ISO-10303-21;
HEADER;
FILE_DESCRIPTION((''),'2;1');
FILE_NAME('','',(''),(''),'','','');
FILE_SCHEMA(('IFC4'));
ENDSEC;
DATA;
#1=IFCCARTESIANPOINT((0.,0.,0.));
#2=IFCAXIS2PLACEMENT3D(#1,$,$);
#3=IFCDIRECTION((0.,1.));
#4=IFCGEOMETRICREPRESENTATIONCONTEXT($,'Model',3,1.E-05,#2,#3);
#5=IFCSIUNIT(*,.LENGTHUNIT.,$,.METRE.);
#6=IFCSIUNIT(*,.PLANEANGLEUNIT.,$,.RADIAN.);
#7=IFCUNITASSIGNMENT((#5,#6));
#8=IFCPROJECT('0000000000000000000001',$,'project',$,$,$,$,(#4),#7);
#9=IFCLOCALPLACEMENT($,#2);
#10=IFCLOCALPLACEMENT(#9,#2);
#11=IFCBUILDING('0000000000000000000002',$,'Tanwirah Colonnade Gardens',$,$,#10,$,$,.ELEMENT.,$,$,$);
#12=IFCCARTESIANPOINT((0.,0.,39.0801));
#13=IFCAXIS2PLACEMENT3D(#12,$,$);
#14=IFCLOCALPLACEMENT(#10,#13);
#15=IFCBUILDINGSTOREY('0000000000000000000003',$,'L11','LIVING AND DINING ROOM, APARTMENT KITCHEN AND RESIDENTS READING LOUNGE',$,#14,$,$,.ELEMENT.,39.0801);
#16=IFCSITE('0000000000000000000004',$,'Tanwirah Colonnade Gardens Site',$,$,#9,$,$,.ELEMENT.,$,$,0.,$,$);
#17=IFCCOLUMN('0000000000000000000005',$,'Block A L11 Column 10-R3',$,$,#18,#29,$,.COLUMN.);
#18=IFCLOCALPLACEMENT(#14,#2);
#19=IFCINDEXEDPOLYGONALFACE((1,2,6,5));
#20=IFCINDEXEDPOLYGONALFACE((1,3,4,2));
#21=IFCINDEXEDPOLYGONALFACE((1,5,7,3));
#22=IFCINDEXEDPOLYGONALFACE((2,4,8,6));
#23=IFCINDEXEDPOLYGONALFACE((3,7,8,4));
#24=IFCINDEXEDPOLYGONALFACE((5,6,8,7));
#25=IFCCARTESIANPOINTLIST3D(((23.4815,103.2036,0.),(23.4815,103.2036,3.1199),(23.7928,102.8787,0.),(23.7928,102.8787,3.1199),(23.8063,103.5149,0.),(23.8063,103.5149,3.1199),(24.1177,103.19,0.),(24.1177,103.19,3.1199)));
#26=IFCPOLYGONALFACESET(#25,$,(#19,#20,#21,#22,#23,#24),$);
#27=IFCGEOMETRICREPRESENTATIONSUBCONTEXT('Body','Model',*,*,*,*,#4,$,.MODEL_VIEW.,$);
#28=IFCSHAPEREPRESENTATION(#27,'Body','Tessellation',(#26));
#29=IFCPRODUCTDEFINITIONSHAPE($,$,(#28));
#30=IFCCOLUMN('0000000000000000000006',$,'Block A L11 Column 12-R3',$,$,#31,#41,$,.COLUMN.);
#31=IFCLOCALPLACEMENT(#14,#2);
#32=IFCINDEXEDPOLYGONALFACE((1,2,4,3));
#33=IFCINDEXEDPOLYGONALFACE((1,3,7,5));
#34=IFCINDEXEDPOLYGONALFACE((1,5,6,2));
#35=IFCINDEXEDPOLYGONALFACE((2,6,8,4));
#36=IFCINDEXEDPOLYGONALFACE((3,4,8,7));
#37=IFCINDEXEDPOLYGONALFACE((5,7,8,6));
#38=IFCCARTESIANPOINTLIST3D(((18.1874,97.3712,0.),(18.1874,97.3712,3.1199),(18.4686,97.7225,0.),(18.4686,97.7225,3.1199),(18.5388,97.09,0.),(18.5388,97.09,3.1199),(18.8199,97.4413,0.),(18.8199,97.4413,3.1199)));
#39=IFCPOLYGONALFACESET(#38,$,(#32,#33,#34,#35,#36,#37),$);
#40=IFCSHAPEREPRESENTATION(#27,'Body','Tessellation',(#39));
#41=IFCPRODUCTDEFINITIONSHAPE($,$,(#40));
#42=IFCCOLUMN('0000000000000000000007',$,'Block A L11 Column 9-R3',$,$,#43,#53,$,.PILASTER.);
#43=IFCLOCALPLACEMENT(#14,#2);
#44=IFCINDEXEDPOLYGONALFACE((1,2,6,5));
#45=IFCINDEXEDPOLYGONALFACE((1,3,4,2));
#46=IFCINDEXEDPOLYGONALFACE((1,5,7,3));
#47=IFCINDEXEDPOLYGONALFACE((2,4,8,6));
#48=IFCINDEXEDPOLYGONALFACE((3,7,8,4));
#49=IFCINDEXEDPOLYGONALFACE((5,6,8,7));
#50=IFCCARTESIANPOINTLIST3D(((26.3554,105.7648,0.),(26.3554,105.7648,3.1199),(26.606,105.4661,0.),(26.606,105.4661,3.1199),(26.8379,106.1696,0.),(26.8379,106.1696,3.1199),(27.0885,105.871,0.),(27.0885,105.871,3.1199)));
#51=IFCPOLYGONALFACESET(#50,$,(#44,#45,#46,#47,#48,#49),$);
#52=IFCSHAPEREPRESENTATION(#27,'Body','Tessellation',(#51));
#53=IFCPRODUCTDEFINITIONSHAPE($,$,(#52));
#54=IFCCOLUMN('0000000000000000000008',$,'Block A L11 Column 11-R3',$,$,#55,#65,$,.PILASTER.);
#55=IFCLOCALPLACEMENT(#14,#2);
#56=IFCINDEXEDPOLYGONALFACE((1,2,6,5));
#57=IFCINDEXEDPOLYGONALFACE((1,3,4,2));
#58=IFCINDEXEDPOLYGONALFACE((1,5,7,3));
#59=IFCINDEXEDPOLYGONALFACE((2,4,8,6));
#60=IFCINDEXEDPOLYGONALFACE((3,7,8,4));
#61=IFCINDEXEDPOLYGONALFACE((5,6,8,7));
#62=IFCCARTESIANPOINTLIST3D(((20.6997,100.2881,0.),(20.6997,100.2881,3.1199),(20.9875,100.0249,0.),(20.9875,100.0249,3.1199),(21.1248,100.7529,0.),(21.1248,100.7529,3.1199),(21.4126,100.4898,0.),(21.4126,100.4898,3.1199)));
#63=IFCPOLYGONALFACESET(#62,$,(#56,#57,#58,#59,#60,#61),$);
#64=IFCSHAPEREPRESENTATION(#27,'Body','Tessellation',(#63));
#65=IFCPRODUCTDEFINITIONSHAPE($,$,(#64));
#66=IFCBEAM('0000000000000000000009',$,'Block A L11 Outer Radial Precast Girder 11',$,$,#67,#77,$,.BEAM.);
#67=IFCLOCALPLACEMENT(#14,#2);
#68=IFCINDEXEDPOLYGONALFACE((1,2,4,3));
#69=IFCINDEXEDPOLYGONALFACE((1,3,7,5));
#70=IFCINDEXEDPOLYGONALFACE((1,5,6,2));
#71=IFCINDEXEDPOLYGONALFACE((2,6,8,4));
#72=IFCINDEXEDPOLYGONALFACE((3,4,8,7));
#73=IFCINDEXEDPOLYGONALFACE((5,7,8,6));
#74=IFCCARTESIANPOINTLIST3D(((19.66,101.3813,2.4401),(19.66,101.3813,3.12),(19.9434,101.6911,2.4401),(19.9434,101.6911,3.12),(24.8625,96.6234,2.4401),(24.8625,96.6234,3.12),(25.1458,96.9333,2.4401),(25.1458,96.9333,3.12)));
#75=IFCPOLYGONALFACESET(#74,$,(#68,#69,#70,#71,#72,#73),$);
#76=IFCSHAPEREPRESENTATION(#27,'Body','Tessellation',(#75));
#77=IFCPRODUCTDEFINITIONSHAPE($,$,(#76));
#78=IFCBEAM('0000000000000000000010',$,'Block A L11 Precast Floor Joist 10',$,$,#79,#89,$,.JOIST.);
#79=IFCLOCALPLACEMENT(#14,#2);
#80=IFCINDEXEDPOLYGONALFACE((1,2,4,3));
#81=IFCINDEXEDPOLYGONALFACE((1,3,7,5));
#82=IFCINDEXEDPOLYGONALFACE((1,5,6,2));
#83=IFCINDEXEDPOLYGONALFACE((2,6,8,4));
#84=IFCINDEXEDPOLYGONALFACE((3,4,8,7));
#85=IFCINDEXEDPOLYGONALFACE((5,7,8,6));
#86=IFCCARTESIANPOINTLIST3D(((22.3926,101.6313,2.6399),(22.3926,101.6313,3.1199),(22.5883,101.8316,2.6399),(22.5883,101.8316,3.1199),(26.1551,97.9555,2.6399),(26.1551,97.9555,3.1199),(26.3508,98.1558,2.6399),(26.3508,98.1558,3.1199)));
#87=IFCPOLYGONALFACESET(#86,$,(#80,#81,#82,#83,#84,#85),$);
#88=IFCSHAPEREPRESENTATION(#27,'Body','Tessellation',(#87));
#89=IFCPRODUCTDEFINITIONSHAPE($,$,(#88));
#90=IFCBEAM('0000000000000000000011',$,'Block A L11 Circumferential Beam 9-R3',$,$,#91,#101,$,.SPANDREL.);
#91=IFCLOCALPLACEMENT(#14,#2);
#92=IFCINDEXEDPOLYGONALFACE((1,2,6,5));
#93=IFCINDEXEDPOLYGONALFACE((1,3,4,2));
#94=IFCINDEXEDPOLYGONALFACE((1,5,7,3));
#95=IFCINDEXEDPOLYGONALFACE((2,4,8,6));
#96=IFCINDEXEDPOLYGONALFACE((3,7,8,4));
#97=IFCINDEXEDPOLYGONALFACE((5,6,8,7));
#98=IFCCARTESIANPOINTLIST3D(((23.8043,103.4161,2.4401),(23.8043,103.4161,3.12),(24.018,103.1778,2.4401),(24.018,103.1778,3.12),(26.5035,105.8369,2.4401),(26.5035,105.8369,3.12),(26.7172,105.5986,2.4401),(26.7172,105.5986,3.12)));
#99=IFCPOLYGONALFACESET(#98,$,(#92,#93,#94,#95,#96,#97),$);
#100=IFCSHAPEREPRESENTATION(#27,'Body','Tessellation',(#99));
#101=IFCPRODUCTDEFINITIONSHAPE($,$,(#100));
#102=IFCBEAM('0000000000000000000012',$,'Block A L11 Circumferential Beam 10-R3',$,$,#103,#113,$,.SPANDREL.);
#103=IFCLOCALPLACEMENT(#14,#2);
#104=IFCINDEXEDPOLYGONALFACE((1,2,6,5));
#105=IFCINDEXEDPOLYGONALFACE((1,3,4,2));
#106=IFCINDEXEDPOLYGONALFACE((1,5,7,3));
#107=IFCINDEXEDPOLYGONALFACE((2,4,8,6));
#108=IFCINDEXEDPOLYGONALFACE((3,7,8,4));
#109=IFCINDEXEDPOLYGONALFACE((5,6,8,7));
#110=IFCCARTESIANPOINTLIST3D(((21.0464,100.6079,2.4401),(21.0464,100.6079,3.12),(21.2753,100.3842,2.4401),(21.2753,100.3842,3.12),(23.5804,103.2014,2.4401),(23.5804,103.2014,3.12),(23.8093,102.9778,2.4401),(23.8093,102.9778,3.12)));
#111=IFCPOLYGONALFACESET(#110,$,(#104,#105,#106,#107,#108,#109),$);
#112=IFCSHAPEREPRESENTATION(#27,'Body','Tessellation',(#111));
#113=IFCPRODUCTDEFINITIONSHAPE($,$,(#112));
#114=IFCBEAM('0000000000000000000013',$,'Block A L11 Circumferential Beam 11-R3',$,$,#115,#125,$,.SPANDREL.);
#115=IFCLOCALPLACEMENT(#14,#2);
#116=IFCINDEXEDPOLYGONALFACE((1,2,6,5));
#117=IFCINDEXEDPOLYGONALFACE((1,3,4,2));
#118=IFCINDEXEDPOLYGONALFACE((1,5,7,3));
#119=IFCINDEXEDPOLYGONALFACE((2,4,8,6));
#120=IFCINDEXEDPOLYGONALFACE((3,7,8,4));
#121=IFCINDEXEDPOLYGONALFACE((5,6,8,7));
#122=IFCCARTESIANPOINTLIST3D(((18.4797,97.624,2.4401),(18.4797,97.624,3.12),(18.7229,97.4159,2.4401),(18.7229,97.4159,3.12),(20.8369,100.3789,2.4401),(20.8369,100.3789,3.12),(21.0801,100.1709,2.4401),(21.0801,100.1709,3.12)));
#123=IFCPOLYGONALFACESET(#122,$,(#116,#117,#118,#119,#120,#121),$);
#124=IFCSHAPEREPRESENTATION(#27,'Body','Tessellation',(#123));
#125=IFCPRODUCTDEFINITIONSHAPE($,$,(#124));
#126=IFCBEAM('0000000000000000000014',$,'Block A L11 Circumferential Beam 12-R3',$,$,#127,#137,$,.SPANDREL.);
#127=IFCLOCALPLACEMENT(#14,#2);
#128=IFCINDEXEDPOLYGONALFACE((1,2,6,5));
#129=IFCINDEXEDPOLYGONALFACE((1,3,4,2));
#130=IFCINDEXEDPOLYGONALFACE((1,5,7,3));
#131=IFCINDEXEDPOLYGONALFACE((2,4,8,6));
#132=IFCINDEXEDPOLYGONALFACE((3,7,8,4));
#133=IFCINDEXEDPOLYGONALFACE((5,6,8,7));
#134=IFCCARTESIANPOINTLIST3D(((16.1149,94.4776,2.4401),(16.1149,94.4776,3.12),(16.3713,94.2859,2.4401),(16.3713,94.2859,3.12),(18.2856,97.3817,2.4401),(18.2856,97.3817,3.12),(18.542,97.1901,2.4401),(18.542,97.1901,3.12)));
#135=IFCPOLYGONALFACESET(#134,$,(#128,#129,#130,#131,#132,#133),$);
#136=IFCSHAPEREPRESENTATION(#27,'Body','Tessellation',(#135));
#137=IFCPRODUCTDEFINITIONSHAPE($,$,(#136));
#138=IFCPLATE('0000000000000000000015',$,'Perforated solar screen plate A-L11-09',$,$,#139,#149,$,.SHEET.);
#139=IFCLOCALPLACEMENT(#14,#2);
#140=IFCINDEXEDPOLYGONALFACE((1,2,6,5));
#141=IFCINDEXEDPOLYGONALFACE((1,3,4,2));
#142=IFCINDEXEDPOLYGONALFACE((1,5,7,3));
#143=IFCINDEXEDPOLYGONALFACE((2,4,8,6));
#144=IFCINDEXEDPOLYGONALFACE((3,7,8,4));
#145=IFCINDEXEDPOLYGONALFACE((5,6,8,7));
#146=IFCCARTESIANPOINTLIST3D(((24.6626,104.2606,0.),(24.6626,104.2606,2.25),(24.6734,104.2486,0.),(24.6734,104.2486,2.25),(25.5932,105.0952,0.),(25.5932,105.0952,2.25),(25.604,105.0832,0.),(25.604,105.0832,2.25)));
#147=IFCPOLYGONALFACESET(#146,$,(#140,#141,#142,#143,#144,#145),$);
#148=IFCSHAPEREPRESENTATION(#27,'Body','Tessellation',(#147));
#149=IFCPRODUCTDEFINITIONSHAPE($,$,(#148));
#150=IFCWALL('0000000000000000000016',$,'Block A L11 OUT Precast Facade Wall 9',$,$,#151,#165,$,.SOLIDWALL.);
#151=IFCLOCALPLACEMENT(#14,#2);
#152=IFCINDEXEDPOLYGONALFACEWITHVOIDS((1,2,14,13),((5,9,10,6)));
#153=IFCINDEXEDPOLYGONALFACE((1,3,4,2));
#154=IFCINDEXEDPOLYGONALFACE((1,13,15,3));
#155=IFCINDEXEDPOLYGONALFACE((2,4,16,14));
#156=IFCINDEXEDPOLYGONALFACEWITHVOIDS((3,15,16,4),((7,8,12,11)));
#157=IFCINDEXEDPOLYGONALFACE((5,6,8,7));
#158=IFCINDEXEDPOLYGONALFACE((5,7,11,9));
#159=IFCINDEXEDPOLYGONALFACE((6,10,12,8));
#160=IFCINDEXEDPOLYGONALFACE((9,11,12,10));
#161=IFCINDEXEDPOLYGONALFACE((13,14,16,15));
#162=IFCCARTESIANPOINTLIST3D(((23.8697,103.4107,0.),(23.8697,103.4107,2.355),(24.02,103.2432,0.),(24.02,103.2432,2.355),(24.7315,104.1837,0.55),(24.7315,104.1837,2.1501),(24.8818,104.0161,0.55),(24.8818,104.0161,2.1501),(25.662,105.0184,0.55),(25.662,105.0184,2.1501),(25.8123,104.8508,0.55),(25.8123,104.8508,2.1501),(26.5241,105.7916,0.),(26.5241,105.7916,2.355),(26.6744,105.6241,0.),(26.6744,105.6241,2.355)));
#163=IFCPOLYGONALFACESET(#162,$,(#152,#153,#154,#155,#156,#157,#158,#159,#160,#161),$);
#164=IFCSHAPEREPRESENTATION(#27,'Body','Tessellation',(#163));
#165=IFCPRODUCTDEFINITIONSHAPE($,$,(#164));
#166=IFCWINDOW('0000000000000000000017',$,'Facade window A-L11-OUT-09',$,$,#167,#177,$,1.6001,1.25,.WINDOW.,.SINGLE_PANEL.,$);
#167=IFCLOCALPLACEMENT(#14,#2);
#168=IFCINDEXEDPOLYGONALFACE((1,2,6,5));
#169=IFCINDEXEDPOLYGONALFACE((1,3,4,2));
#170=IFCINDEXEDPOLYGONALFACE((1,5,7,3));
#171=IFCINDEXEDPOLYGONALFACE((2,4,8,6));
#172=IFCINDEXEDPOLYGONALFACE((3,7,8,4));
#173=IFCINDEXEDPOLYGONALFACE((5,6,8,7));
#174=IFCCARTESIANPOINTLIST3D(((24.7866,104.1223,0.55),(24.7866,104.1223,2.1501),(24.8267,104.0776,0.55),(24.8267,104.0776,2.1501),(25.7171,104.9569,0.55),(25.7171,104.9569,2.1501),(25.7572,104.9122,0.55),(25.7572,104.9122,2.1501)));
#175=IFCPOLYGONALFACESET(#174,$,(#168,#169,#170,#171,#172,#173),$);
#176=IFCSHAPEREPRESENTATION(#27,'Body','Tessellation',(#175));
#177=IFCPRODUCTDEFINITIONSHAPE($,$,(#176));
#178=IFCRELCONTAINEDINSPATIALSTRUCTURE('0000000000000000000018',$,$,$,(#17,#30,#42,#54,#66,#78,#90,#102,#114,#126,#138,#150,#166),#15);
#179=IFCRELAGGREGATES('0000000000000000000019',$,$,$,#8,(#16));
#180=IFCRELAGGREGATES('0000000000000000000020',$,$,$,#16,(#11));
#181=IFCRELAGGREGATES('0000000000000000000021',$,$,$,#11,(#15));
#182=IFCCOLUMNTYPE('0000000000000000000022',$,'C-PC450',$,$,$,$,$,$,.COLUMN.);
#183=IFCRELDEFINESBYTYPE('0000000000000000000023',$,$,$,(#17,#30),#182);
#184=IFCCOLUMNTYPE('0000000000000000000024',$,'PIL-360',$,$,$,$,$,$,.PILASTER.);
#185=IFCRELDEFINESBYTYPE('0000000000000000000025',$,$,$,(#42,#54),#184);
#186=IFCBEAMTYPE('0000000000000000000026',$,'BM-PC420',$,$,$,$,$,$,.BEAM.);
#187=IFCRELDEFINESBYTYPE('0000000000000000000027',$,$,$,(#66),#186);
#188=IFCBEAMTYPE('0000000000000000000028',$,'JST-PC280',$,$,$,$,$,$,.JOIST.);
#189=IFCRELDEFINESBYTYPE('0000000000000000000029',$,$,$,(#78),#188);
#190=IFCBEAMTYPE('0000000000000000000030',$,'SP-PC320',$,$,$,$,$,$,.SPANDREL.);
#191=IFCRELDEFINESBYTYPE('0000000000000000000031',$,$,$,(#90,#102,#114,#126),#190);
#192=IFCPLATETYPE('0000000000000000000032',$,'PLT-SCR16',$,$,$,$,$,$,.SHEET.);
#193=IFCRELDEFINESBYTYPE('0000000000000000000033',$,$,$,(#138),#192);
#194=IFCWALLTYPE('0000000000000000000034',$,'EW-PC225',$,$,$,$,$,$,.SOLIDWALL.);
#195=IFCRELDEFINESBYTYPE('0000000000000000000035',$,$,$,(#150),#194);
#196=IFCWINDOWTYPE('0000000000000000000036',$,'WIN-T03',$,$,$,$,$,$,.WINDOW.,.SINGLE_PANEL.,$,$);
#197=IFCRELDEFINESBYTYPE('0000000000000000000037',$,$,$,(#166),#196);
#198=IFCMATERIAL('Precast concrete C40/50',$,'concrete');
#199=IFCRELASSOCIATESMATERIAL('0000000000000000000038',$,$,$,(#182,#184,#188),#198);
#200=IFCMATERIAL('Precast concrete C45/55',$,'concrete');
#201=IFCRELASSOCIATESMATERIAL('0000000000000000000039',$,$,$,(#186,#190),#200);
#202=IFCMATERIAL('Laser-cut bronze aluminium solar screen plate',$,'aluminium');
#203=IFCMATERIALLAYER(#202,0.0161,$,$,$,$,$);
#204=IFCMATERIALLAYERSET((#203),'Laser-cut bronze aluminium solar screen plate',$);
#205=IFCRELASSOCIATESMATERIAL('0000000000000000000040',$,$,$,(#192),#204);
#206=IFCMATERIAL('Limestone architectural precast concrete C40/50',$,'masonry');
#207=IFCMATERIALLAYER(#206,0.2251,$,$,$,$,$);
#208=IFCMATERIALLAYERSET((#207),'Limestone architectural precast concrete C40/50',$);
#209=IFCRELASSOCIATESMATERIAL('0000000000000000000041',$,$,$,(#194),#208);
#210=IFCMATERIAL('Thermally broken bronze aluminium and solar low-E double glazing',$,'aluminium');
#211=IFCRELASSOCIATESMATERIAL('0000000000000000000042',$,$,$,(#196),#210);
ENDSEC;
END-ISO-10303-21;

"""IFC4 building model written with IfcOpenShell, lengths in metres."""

from ifc_helpers import new_model, si_unit, direction, frame, frame_2d, origin, origin_2d, place, context, subcontext, project, spatial, rectangle, extrude, material, layer, layer_set, material_profile, profile_set, type_object, element, fill, save


model = new_model("IFC4")

# Units and contexts
model_context = context("Model", 3, precision=1e-05, world=origin(), true_north=direction((0.0, 1.0)))
body_context = subcontext(model_context, "Body", "Model", "MODEL_VIEW")
ifc_project = project(units=[si_unit("LENGTHUNIT", "METRE"), si_unit("PLANEANGLEUNIT", "RADIAN")], contexts=[model_context])

# Site, building, storey
site_placement = place(None, origin())
site = spatial("IfcSite", under=ifc_project, at=site_placement, Name="Tanwirah Colonnade Gardens Site", CompositionType="ELEMENT", RefElevation=0.0)
building_placement = place(site_placement, origin())
building = spatial("IfcBuilding", under=site, at=building_placement, Name="Tanwirah Colonnade Gardens", CompositionType="ELEMENT")
storey_placement = place(building_placement, frame((0.0, 0.0, 39.0801)))
storey = spatial("IfcBuildingStorey", under=building, at=storey_placement, Name="L11", Description="LIVING AND DINING ROOM, APARTMENT KITCHEN AND RESIDENTS READING LOUNGE", CompositionType="ELEMENT", Elevation=39.0801)

# Columns
ifc_material_1 = material(Name="Precast concrete C40/50", Category="concrete")
ifc_material_profile_1 = material_profile(ifc_material_1, rectangle(XDim=0.45, YDim=0.45, at=origin_2d()), Name="PC-COL 450x450")
ifc_profile_set_1 = profile_set([ifc_material_profile_1], Name="Precast concrete C40/50")
column_type_1 = type_object("IfcColumnType", Name="C-PC450", PredefinedType="COLUMN", material=ifc_profile_set_1)
for number, where, z_axis, x_axis, name in (
    (1, (23.7996, 103.1968, 0.0), (0.0, 0.0, 1.0), (-0.691863, 0.722029, 0.0), "Block A L11 Column 10-R3"),
    (2, (18.5037, 97.4062, 0.0), (0.0, 0.0, 1.0), (-0.780794, 0.624788, 0.0), "Block A L11 Column 12-R3"),
):
    element("IfcColumn", number, at=place(storey_placement, frame(where, z_axis=z_axis, x_axis=x_axis)), inside=storey, type_object=column_type_1, Name=name, PredefinedType="COLUMN", context=body_context, shape_type="SweptSolid", body=[
        extrude(rectangle(XDim=0.45, YDim=0.45, at=origin_2d()), origin(), (0.0, 0.0, 1.0), 3.1199),
    ])
ifc_material_profile_2 = material_profile(ifc_material_1, rectangle(XDim=0.3899, YDim=0.6299, at=origin_2d()), Name="PC-PIL 390x630")
ifc_profile_set_2 = profile_set([ifc_material_profile_2], Name="Precast concrete C40/50")
column_type_2 = type_object("IfcColumnType", Name="PIL-360", PredefinedType="PILASTER", material=ifc_profile_set_2)
for number, where, z_axis, x_axis, name in (
    (3, (26.7219, 105.8179, 0.0), (0.0, 0.0, 1.0), (-0.642788, 0.766044, 0.0), "Block A L11 Column 9-R3"),
    (4, (21.0562, 100.3889, 0.0), (0.0, 0.0, 1.0), (-0.737932, 0.674875, 0.0), "Block A L11 Column 11-R3"),
):
    element("IfcColumn", number, at=place(storey_placement, frame(where, z_axis=z_axis, x_axis=x_axis)), inside=storey, type_object=column_type_2, Name=name, PredefinedType="PILASTER", context=body_context, shape_type="SweptSolid", body=[
        extrude(rectangle(XDim=0.3899, YDim=0.6299, at=origin_2d()), origin(), (0.0, 0.0, 1.0), 3.1199),
    ])

# Beams
ifc_material_2 = material(Name="Precast concrete C45/55", Category="concrete")
ifc_material_profile_3 = material_profile(ifc_material_2, rectangle(XDim=0.4199, YDim=0.6799, at=origin_2d()), Name="PC-BM 420x680")
ifc_profile_set_3 = profile_set([ifc_material_profile_3], Name="Precast concrete C45/55")
beam_type_1 = type_object("IfcBeamType", Name="BM-PC420", PredefinedType="BEAM", material=ifc_profile_set_3)
beam_1_placement = place(storey_placement, frame((25.0042, 96.7783, 2.78), z_axis=(-0.737934, 0.674873, 0.0), x_axis=(-0.674873, -0.737934, 0.0)))
element("IfcBeam", 5, at=beam_1_placement, inside=storey, type_object=beam_type_1, Name="Block A L11 Outer Radial Precast Girder 11", PredefinedType="BEAM", context=body_context, shape_type="SweptSolid", body=[
    extrude(rectangle(XDim=0.4199, YDim=0.6799, at=origin_2d()), origin(), (0.0, 0.0, 1.0), 7.05),
])
ifc_material_profile_4 = material_profile(ifc_material_1, rectangle(XDim=0.28, YDim=0.48, at=origin_2d()), Name="PC-JST 280x480")
ifc_profile_set_4 = profile_set([ifc_material_profile_4], Name="Precast concrete C40/50")
beam_type_2 = type_object("IfcBeamType", Name="JST-PC280", PredefinedType="JOIST", material=ifc_profile_set_4)
beam_2_placement = place(storey_placement, frame((26.2529, 98.0557, 2.8799), z_axis=(-0.715297, 0.69882, 0.0), x_axis=(-0.69882, -0.715297, 0.0)))
element("IfcBeam", 6, at=beam_2_placement, inside=storey, type_object=beam_type_2, Name="Block A L11 Precast Floor Joist 10", PredefinedType="JOIST", context=body_context, shape_type="SweptSolid", body=[
    extrude(rectangle(XDim=0.28, YDim=0.48, at=origin_2d()), origin(), (0.0, 0.0, 1.0), 5.26),
])
ifc_material_profile_5 = material_profile(ifc_material_2, rectangle(XDim=0.3201, YDim=0.6799, at=origin_2d()), Name="PC-SP 320x680")
ifc_profile_set_5 = profile_set([ifc_material_profile_5], Name="Precast concrete C45/55")
beam_type_3 = type_object("IfcBeamType", Name="SP-PC320", PredefinedType="SPANDREL", material=ifc_profile_set_5)
beam_3_placement = place(storey_placement, frame((26.6104, 105.7178, 2.78), z_axis=(-0.744445, -0.667684, 0.0), x_axis=(0.667684, -0.744445, 0.0)))
element("IfcBeam", 7, at=beam_3_placement, inside=storey, type_object=beam_type_3, Name="Block A L11 Circumferential Beam 9-R3", PredefinedType="SPANDREL", context=body_context, shape_type="SweptSolid", body=[
    extrude(rectangle(XDim=0.3201, YDim=0.6799, at=origin_2d()), origin(), (0.0, 0.0, 1.0), 3.6257),
])
beam_4_placement = place(storey_placement, frame((23.6948, 103.0896, 2.78), z_axis=(-0.698844, -0.715274, 0.0), x_axis=(0.715274, -0.698844, 0.0)))
element("IfcBeam", 8, at=beam_4_placement, inside=storey, type_object=beam_type_3, Name="Block A L11 Circumferential Beam 10-R3", PredefinedType="SPANDREL", context=body_context, shape_type="SweptSolid", body=[
    extrude(rectangle(XDim=0.3201, YDim=0.6799, at=origin_2d()), origin(), (0.0, 0.0, 1.0), 3.626),
])
for number, where, z_axis, x_axis, name in (
    (9, (20.9585, 100.2749, 2.78), (-0.650131, -0.759822, 0.0), (0.759822, -0.650131, 0.0), "Block A L11 Circumferential Beam 11-R3"),
    (10, (18.4138, 97.2859, 2.78), (-0.598696, -0.800977, 0.0), (0.800977, -0.598696, 0.0), "Block A L11 Circumferential Beam 12-R3"),
):
    element("IfcBeam", number, at=place(storey_placement, frame(where, z_axis=z_axis, x_axis=x_axis)), inside=storey, type_object=beam_type_3, Name=name, PredefinedType="SPANDREL", context=body_context, shape_type="SweptSolid", body=[
        extrude(rectangle(XDim=0.3201, YDim=0.6799, at=origin_2d()), origin(), (0.0, 0.0, 1.0), 3.6257),
    ])

# Plate
ifc_material_3 = material(Name="Laser-cut bronze aluminium solar screen plate", Category="aluminium")
ifc_layer_1 = layer(ifc_material_3, 0.0161)
ifc_layer_set_1 = layer_set([ifc_layer_1], Name="Laser-cut bronze aluminium solar screen plate")
plate_type = type_object("IfcPlateType", Name="PLT-SCR16", PredefinedType="SHEET", material=ifc_layer_set_1)
plate_placement = place(storey_placement, frame((25.1333, 104.6719, 0.0), z_axis=(0.0, 0.0, 1.0), x_axis=(-0.74444, -0.667689, 0.0)))
element("IfcPlate", 11, at=plate_placement, inside=storey, type_object=plate_type, Name="Perforated solar screen plate A-L11-09", PredefinedType="SHEET", context=body_context, shape_type="SweptSolid", body=[
    extrude(rectangle(XDim=1.25, YDim=0.0161, at=origin_2d()), origin(), (0.0, 0.0, 1.0), 2.25),
])

# Wall, opening, window
ifc_material_4 = material(Name="Limestone architectural precast concrete C40/50", Category="masonry")
ifc_layer_2 = layer(ifc_material_4, 0.2251)
ifc_layer_set_2 = layer_set([ifc_layer_2], Name="Limestone architectural precast concrete C40/50")
wall_type_1 = type_object("IfcWallType", Name="EW-PC225", PredefinedType="SOLIDWALL", material=ifc_layer_set_2)
wall_1_placement = place(storey_placement, frame((26.5991, 105.7078, 0.0), z_axis=(0.0, 0.0, 1.0), x_axis=(-0.74441, -0.667723, 0.0)))
wall_1 = element("IfcWall", 12, at=wall_1_placement, inside=storey, type_object=wall_type_1, Name="Block A L11 OUT Precast Facade Wall 9", PredefinedType="SOLIDWALL", context=body_context, shape_type="SweptSolid", body=[
    extrude(rectangle(XDim=3.5657, YDim=0.2251, at=frame_2d((1.7827, 0.0))), origin(), (0.0, 0.0, 1.0), 2.355),
])
opening_1_placement = place(wall_1_placement, frame((1.158, 0.0, 0.55)))
opening_1 = element("IfcOpeningElement", 13, at=opening_1_placement, cuts=wall_1, PredefinedType="OPENING", context=body_context, shape_type="SweptSolid", body=[
    extrude(rectangle(XDim=1.25, YDim=1.6001, at=frame_2d((0.625, 0.8))), frame((0.0, 0.1226, 0.0), z_axis=(0.0, -1.0, 0.0), x_axis=(1.0, 0.0, 0.0)), (0.0, 0.0, 1.0), 0.2451),
])
ifc_material_5 = material(Name="Thermally broken bronze aluminium and solar low-E double glazing", Category="aluminium")
window_type_1 = type_object("IfcWindowType", Name="WIN-T03", PartitioningType="SINGLE_PANEL", PredefinedType="WINDOW", material=ifc_material_5)
window_1_placement = place(opening_1_placement, origin())
window_1 = element("IfcWindow", 14, at=window_1_placement, inside=storey, type_object=window_type_1, Name="Facade window A-L11-OUT-09", OverallHeight=1.6001, OverallWidth=1.25, PartitioningType="SINGLE_PANEL", PredefinedType="WINDOW", context=body_context, shape_type="SweptSolid", body=[
    extrude(rectangle(XDim=1.25, YDim=1.6001, at=frame_2d((0.625, 0.8))), frame((0.0, 0.03, 0.0), z_axis=(0.0, -1.0, 0.0), x_axis=(1.0, 0.0, 0.0)), (0.0, 0.0, 1.0), 0.0601),
])
fill(opening_1, window_1)

save(model, "model.ifc")
